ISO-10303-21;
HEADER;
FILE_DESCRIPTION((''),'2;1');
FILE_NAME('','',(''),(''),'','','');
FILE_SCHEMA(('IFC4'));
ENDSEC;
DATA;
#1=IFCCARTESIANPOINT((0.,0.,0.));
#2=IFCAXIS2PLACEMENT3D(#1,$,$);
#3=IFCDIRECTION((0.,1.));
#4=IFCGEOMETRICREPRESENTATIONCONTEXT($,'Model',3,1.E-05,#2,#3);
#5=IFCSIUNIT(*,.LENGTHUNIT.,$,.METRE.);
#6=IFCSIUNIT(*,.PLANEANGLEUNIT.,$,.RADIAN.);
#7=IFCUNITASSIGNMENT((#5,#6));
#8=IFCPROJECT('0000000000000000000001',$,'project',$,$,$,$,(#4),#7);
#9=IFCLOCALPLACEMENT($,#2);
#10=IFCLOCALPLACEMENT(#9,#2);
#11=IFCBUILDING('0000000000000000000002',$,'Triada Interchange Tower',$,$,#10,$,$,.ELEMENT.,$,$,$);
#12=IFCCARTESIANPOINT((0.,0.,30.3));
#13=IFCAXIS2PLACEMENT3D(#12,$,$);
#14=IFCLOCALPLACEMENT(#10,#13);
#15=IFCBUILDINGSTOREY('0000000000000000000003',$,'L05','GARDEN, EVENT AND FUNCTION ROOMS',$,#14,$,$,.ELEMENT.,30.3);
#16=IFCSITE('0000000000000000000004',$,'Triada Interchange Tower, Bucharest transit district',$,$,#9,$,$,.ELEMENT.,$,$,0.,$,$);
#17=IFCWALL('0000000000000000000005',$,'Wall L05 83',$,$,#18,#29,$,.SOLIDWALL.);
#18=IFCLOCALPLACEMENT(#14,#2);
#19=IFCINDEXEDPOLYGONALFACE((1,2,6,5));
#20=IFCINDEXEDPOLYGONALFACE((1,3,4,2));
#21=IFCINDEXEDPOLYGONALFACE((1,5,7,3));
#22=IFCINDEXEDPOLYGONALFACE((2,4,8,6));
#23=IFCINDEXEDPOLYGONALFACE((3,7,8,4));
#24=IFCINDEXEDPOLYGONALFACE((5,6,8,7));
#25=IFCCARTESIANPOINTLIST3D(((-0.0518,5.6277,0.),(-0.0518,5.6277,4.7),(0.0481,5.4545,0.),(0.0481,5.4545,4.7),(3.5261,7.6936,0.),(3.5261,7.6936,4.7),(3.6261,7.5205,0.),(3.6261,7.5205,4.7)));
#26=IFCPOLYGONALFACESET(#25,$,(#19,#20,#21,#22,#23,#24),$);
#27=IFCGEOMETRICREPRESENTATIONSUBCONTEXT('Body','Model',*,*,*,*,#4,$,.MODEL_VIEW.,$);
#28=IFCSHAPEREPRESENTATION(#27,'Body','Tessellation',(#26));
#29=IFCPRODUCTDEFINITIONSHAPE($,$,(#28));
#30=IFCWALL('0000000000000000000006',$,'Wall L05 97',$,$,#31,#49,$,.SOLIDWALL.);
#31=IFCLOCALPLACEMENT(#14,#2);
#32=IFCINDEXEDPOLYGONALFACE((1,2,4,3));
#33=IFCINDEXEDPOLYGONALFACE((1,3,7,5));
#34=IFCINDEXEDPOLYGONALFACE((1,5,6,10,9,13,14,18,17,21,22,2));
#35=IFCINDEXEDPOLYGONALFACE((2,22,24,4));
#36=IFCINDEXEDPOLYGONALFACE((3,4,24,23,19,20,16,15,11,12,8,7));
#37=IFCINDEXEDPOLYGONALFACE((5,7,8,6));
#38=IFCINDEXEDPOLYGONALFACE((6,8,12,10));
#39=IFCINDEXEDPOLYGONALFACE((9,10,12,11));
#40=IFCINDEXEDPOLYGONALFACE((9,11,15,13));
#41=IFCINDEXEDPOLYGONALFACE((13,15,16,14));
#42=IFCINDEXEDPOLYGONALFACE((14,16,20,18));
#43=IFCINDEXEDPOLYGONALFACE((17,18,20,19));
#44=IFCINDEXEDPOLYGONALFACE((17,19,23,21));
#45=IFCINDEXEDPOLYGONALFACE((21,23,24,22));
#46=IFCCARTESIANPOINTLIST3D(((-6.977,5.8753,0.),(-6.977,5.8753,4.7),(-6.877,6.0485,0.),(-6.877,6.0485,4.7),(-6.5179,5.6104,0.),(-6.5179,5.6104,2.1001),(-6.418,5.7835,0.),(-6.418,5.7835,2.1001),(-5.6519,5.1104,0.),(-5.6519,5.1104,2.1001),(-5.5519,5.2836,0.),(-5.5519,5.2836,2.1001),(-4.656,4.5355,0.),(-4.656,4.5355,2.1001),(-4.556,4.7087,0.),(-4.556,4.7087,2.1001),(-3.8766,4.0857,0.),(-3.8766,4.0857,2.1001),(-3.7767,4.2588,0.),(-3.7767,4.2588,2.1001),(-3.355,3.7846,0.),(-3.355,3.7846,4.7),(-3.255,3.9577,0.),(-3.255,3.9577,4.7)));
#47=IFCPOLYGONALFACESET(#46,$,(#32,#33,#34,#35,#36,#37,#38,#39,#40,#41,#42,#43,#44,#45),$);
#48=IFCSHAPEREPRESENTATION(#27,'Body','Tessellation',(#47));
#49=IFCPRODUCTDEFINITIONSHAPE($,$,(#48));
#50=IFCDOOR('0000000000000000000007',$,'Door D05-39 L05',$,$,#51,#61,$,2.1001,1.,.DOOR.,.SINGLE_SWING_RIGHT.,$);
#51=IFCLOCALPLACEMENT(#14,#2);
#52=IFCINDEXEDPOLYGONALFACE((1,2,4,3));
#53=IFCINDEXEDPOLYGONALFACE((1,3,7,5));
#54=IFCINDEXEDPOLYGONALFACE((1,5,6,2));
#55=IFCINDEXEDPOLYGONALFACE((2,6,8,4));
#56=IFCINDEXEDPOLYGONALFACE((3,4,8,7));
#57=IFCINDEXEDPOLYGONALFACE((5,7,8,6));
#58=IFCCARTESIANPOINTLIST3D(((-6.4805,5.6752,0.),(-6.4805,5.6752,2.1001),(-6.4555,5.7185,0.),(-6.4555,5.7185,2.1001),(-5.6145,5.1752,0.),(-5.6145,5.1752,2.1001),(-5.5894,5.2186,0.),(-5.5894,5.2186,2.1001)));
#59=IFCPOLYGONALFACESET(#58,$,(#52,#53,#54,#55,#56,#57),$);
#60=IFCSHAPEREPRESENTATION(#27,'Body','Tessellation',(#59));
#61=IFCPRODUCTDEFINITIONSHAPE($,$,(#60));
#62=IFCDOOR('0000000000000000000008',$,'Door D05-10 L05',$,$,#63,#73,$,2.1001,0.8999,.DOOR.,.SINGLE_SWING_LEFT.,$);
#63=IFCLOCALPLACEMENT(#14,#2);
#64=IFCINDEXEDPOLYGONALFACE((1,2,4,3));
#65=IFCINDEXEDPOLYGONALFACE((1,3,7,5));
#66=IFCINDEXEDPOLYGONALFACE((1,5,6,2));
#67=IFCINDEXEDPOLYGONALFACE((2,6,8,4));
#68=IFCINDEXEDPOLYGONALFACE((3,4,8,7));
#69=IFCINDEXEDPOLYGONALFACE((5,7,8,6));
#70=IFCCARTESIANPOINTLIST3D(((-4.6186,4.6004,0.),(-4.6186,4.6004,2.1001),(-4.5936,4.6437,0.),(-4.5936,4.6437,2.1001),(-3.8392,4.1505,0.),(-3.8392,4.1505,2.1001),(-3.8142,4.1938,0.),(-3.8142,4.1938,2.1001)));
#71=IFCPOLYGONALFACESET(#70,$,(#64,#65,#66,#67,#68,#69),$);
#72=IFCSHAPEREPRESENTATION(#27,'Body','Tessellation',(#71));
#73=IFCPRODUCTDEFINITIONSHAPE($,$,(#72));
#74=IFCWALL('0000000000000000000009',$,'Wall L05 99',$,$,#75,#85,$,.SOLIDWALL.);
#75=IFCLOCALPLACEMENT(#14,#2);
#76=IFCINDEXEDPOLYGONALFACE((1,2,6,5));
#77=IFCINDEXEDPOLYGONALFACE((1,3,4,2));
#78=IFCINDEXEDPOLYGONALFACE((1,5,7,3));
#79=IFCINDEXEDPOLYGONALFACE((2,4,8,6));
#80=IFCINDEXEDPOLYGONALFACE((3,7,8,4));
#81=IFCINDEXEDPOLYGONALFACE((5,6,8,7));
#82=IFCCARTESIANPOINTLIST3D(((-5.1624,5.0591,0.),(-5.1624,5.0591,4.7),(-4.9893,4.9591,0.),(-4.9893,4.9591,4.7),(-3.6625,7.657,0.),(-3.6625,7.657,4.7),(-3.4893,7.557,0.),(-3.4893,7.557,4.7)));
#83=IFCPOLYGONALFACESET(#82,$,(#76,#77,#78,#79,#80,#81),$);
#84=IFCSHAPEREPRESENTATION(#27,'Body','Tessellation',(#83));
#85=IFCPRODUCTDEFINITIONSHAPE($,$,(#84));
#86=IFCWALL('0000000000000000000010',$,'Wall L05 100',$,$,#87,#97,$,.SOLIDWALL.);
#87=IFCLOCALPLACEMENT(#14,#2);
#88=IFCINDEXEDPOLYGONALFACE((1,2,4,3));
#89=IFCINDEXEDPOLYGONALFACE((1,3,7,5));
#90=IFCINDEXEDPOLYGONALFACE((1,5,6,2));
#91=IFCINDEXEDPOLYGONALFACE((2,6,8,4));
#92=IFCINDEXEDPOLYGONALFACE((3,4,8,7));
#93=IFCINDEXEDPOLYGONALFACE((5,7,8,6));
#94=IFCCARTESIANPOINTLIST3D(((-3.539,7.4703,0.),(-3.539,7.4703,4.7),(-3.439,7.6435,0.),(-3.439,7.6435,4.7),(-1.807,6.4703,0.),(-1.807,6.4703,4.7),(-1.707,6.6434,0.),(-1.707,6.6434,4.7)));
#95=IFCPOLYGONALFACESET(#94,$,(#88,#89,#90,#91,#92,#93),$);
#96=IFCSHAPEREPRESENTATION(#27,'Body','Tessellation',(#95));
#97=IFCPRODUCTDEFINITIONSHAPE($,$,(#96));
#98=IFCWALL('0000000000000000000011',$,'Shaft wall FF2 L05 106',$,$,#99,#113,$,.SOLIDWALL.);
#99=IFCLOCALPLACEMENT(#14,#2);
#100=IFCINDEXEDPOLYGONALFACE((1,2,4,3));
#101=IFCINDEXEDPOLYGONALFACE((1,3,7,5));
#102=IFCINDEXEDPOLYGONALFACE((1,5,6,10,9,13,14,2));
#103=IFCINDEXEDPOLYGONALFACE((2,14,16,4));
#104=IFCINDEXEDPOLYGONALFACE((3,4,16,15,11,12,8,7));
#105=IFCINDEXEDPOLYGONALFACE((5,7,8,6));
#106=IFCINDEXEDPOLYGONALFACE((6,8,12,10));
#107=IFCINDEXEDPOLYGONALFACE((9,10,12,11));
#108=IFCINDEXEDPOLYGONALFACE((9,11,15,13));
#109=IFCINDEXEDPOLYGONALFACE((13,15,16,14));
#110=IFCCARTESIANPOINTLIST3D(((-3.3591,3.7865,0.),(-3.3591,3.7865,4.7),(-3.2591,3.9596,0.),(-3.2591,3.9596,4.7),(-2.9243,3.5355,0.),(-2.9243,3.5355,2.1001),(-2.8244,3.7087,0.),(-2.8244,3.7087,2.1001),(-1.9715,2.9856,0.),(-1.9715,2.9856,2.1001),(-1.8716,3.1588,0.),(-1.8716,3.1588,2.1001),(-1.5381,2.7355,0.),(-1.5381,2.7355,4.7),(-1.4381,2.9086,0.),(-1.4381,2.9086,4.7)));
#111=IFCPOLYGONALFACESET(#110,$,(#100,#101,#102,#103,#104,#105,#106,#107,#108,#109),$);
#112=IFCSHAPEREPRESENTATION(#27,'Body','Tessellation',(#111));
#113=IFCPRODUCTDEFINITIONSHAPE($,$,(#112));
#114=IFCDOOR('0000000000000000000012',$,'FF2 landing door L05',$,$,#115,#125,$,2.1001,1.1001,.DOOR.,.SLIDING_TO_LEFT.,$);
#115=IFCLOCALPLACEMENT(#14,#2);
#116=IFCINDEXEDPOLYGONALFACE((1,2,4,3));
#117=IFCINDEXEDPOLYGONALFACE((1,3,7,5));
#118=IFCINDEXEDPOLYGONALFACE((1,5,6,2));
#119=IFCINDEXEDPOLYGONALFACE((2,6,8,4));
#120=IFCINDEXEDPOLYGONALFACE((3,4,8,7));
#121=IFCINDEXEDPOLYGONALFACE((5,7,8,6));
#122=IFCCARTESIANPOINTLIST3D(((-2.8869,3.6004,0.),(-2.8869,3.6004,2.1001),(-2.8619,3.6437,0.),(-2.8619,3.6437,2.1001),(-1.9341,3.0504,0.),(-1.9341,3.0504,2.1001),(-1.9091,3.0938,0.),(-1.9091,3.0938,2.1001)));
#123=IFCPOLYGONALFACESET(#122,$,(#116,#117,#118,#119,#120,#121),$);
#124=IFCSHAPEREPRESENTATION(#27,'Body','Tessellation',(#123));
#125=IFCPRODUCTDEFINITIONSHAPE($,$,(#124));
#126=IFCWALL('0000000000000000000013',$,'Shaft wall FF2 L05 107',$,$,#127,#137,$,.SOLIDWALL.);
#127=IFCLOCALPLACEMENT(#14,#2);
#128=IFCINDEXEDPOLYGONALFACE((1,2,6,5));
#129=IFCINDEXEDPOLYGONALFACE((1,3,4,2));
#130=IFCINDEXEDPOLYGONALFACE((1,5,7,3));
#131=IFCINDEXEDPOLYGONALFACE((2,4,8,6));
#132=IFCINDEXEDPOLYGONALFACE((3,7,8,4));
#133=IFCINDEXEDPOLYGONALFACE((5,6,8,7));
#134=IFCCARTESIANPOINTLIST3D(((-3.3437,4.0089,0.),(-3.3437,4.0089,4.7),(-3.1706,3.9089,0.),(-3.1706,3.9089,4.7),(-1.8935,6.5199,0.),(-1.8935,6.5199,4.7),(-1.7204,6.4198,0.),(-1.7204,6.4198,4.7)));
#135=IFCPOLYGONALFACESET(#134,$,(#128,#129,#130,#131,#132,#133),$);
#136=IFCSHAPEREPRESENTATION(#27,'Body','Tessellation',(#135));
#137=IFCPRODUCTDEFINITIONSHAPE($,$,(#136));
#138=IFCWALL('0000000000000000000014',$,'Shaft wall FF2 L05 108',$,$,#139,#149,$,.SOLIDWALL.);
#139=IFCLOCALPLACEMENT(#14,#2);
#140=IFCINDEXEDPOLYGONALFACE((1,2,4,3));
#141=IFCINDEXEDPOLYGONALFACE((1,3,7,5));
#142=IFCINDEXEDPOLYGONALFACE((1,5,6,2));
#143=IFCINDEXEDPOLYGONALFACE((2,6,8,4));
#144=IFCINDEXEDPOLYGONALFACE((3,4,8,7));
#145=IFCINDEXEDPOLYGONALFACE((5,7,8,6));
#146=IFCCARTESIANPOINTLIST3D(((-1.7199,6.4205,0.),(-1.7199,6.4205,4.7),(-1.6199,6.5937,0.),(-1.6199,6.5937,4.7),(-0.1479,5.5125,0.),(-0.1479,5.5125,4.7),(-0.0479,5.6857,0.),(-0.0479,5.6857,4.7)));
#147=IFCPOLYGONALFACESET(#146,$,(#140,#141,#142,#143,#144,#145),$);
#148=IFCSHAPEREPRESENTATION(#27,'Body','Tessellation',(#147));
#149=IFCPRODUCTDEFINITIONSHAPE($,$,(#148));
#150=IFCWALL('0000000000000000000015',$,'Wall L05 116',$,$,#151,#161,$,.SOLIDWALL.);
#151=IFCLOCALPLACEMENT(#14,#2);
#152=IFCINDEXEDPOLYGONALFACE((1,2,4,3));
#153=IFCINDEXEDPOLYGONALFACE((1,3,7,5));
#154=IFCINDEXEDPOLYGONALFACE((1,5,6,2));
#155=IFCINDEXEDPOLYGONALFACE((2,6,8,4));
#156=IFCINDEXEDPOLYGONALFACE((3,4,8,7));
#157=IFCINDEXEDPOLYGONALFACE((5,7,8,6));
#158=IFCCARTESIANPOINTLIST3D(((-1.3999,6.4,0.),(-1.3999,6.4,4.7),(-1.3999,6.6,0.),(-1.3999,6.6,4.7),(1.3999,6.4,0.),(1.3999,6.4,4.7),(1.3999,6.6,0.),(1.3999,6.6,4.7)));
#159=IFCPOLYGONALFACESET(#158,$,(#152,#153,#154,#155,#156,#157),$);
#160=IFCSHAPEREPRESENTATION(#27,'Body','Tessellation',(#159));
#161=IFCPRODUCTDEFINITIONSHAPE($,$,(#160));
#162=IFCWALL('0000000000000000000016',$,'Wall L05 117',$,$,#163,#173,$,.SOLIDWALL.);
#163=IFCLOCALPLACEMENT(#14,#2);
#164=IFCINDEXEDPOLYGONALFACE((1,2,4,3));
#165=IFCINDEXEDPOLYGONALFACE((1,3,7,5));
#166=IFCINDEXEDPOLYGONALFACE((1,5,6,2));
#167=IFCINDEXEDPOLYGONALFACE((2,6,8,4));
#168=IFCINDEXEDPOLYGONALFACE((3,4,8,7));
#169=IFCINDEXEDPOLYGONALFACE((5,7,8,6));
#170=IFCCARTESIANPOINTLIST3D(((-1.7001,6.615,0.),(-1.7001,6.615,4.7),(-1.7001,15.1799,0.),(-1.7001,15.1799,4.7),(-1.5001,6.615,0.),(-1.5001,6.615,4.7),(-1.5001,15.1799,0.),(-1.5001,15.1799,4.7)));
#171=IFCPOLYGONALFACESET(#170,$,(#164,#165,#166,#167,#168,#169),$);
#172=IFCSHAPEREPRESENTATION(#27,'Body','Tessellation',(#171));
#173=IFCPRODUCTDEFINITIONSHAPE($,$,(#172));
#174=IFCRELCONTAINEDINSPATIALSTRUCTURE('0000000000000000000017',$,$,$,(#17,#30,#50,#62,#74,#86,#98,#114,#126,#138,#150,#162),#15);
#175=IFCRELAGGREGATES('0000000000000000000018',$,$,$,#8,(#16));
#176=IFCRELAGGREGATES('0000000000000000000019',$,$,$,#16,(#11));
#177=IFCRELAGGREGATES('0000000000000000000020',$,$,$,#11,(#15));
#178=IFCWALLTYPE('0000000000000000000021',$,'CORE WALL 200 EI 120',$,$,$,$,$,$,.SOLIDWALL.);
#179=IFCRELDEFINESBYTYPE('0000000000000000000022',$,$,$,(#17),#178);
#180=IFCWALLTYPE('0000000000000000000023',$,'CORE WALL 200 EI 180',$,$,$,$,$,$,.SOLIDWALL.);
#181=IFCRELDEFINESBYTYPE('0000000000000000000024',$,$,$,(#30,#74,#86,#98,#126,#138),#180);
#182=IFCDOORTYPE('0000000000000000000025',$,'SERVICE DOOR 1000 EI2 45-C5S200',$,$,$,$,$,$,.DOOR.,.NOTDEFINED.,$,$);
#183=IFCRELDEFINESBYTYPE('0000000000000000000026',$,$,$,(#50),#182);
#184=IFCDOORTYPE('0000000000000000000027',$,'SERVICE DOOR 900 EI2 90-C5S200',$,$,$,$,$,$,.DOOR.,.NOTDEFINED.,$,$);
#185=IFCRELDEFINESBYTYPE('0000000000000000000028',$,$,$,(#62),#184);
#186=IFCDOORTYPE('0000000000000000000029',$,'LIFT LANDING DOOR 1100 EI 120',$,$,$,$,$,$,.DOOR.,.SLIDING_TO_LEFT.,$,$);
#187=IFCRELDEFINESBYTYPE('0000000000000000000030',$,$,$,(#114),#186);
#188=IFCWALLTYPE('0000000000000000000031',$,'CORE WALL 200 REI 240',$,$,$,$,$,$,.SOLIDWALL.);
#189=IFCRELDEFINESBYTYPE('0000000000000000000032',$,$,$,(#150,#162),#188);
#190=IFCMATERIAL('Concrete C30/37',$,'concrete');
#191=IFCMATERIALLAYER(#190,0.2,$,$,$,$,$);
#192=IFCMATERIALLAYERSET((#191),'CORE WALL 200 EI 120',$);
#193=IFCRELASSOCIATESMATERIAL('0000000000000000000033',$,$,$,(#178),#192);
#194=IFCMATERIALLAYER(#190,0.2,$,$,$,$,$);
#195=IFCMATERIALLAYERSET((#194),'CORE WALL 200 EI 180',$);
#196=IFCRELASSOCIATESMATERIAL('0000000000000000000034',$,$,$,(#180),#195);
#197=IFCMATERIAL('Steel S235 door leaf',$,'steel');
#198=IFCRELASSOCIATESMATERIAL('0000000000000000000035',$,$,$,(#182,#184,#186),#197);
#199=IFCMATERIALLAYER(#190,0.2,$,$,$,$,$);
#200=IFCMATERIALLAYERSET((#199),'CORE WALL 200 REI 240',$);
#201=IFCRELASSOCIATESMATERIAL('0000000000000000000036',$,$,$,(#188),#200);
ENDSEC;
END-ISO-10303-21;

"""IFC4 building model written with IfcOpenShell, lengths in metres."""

from ifc_helpers import new_model, si_unit, direction, frame, frame_2d, origin, place, context, subcontext, project, spatial, rectangle, extrude, material, layer, layer_set, type_object, element, fill, save


model = new_model("IFC4")

# Units and contexts
model_context = context("Model", 3, precision=1e-05, world=origin(), true_north=direction((0.0, 1.0)))
body_context = subcontext(model_context, "Body", "Model", "MODEL_VIEW")
ifc_project = project(units=[si_unit("LENGTHUNIT", "METRE"), si_unit("PLANEANGLEUNIT", "RADIAN")], contexts=[model_context])

# Site, building, storey
site_placement = place(None, origin())
site = spatial("IfcSite", under=ifc_project, at=site_placement, Name="Triada Interchange Tower, Bucharest transit district", CompositionType="ELEMENT", RefElevation=0.0)
building_placement = place(site_placement, origin())
building = spatial("IfcBuilding", under=site, at=building_placement, Name="Triada Interchange Tower", CompositionType="ELEMENT")
storey_placement = place(building_placement, frame((0.0, 0.0, 30.3)))
storey = spatial("IfcBuildingStorey", under=building, at=storey_placement, Name="L05", Description="GARDEN, EVENT AND FUNCTION ROOMS", CompositionType="ELEMENT", Elevation=30.3)

# Wall
ifc_material_1 = material(Name="Concrete C30/37", Category="concrete")
ifc_layer_1 = layer(ifc_material_1, 0.2)
ifc_layer_set_1 = layer_set([ifc_layer_1], Name="CORE WALL 200 EI 120")
wall_type_1 = type_object("IfcWallType", Name="CORE WALL 200 EI 120", PredefinedType="SOLIDWALL", material=ifc_layer_set_1)
wall_1_placement = place(storey_placement, frame((-0.002, 5.541, 0.0), z_axis=(0.0, 0.0, 1.0), x_axis=(0.866002, 0.500041, 0.0)))
element("IfcWall", 1, at=wall_1_placement, inside=storey, type_object=wall_type_1, Name="Wall L05 83", PredefinedType="SOLIDWALL", context=body_context, shape_type="SweptSolid", body=[
    extrude(rectangle(XDim=4.1316, YDim=0.2, at=frame_2d((2.0659, 0.0))), origin(), (0.0, 0.0, 1.0), 4.7),
])

# Wall, openings, doors
ifc_layer_2 = layer(ifc_material_1, 0.2)
ifc_layer_set_2 = layer_set([ifc_layer_2], Name="CORE WALL 200 EI 180")
wall_type_2 = type_object("IfcWallType", Name="CORE WALL 200 EI 180", PredefinedType="SOLIDWALL", material=ifc_layer_set_2)
wall_2_placement = place(storey_placement, frame((-6.927, 5.9619, 0.0), z_axis=(0.0, 0.0, 1.0), x_axis=(0.866065, -0.499931, 0.0)))
wall_2 = element("IfcWall", 2, at=wall_2_placement, inside=storey, type_object=wall_type_2, Name="Wall L05 97", PredefinedType="SOLIDWALL", context=body_context, shape_type="SweptSolid", body=[
    extrude(rectangle(XDim=4.1821, YDim=0.2, at=frame_2d((2.0911, 0.0))), origin(), (0.0, 0.0, 1.0), 4.7),
])
opening_1_placement = place(wall_2_placement, frame((2.6799, 0.0, 0.0)))
opening_1 = element("IfcOpeningElement", 3, at=opening_1_placement, cuts=wall_2, PredefinedType="OPENING", context=body_context, shape_type="SweptSolid", body=[
    extrude(rectangle(XDim=0.8999, YDim=2.1001, at=frame_2d((0.45, 1.05))), frame((0.0, 0.1099, 0.0), z_axis=(0.0, -1.0, 0.0), x_axis=(1.0, 0.0, 0.0)), (0.0, 0.0, 1.0), 0.22),
])
opening_2_placement = place(wall_2_placement, frame((0.53, 0.0, 0.0)))
opening_2 = element("IfcOpeningElement", 4, at=opening_2_placement, cuts=wall_2, PredefinedType="OPENING", context=body_context, shape_type="SweptSolid", body=[
    extrude(rectangle(XDim=1.0, YDim=2.1001, at=frame_2d((0.5, 1.05))), frame((0.0, 0.1099, 0.0), z_axis=(0.0, -1.0, 0.0), x_axis=(1.0, 0.0, 0.0)), (0.0, 0.0, 1.0), 0.22),
])
ifc_material_2 = material(Name="Steel S235 door leaf", Category="steel")
door_type_1 = type_object("IfcDoorType", Name="SERVICE DOOR 1000 EI2 45-C5S200", OperationType="NOTDEFINED", PredefinedType="DOOR", material=ifc_material_2)
door_1_placement = place(opening_2_placement, origin())
door_1 = element("IfcDoor", 5, at=door_1_placement, inside=storey, type_object=door_type_1, Name="Door D05-39 L05", OperationType="SINGLE_SWING_RIGHT", OverallHeight=2.1001, OverallWidth=1.0, PredefinedType="DOOR", context=body_context, shape_type="SweptSolid", body=[
    extrude(rectangle(XDim=1.0, YDim=2.1001, at=frame_2d((0.5, 1.05))), frame((0.0, 0.0249, 0.0), z_axis=(0.0, -1.0, 0.0), x_axis=(1.0, 0.0, 0.0)), (0.0, 0.0, 1.0), 0.05),
])
fill(opening_2, door_1)
door_type_2 = type_object("IfcDoorType", Name="SERVICE DOOR 900 EI2 90-C5S200", OperationType="NOTDEFINED", PredefinedType="DOOR", material=ifc_material_2)
door_2_placement = place(opening_1_placement, origin())
door_2 = element("IfcDoor", 6, at=door_2_placement, inside=storey, type_object=door_type_2, Name="Door D05-10 L05", OperationType="SINGLE_SWING_LEFT", OverallHeight=2.1001, OverallWidth=0.8999, PredefinedType="DOOR", context=body_context, shape_type="SweptSolid", body=[
    extrude(rectangle(XDim=0.8999, YDim=2.1001, at=frame_2d((0.45, 1.05))), frame((0.0, 0.0249, 0.0), z_axis=(0.0, -1.0, 0.0), x_axis=(1.0, 0.0, 0.0)), (0.0, 0.0, 1.0), 0.05),
])
fill(opening_1, door_2)

# Walls
wall_3_placement = place(storey_placement, frame((-5.0759, 5.009, 0.0), z_axis=(0.0, 0.0, 1.0), x_axis=(0.500025, 0.866011, 0.0)))
element("IfcWall", 7, at=wall_3_placement, inside=storey, type_object=wall_type_2, Name="Wall L05 99", PredefinedType="SOLIDWALL", context=body_context, shape_type="SweptSolid", body=[
    extrude(rectangle(XDim=2.9998, YDim=0.2, at=frame_2d((1.5, 0.0))), origin(), (0.0, 0.0, 1.0), 4.7),
])
wall_4_placement = place(storey_placement, frame((-3.489, 7.5569, 0.0), z_axis=(0.0, 0.0, 1.0), x_axis=(0.866011, -0.500025, 0.0)))
element("IfcWall", 8, at=wall_4_placement, inside=storey, type_object=wall_type_2, Name="Wall L05 100", PredefinedType="SOLIDWALL", context=body_context, shape_type="SweptSolid", body=[
    extrude(rectangle(XDim=2.0, YDim=0.2, at=frame_2d((1.0, 0.0))), origin(), (0.0, 0.0, 1.0), 4.7),
])

# Wall, opening, door
wall_5_placement = place(storey_placement, frame((-3.3091, 3.873, 0.0), z_axis=(0.0, 0.0, 1.0), x_axis=(0.866099, -0.499873, 0.0)))
wall_5 = element("IfcWall", 9, at=wall_5_placement, inside=storey, type_object=wall_type_2, Name="Shaft wall FF2 L05 106", PredefinedType="SOLIDWALL", context=body_context, shape_type="SweptSolid", body=[
    extrude(rectangle(XDim=2.1025, YDim=0.2, at=frame_2d((1.0513, 0.0))), origin(), (0.0, 0.0, 1.0), 4.7),
])
opening_3_placement = place(wall_5_placement, frame((0.502, 0.0, 0.0)))
opening_3 = element("IfcOpeningElement", 10, at=opening_3_placement, cuts=wall_5, PredefinedType="OPENING", context=body_context, shape_type="SweptSolid", body=[
    extrude(rectangle(XDim=1.1001, YDim=2.1001, at=frame_2d((0.55, 1.05))), frame((0.0, 0.1099, 0.0), z_axis=(0.0, -1.0, 0.0), x_axis=(1.0, 0.0, 0.0)), (0.0, 0.0, 1.0), 0.22),
])
door_type_3 = type_object("IfcDoorType", Name="LIFT LANDING DOOR 1100 EI 120", OperationType="SLIDING_TO_LEFT", PredefinedType="DOOR", material=ifc_material_2)
door_3_placement = place(opening_3_placement, origin())
door_3 = element("IfcDoor", 11, at=door_3_placement, inside=storey, type_object=door_type_3, Name="FF2 landing door L05", OperationType="SLIDING_TO_LEFT", OverallHeight=2.1001, OverallWidth=1.1001, PredefinedType="DOOR", context=body_context, shape_type="SweptSolid", body=[
    extrude(rectangle(XDim=1.1001, YDim=2.1001, at=frame_2d((0.55, 1.05))), frame((0.0, 0.0249, 0.0), z_axis=(0.0, -1.0, 0.0), x_axis=(1.0, 0.0, 0.0)), (0.0, 0.0, 1.0), 0.05),
])
fill(opening_3, door_3)

# Walls
wall_6_placement = place(storey_placement, frame((-3.2571, 3.959, 0.0), z_axis=(0.0, 0.0, 1.0), x_axis=(0.500123, 0.865954, 0.0)))
element("IfcWall", 12, at=wall_6_placement, inside=storey, type_object=wall_type_2, Name="Shaft wall FF2 L05 107", PredefinedType="SOLIDWALL", context=body_context, shape_type="SweptSolid", body=[
    extrude(rectangle(XDim=2.8997, YDim=0.2, at=frame_2d((1.4497, 0.0))), origin(), (0.0, 0.0, 1.0), 4.7),
])
wall_7_placement = place(storey_placement, frame((-1.6699, 6.5071, 0.0), z_axis=(0.0, 0.0, 1.0), x_axis=(0.865941, -0.500145, 0.0)))
element("IfcWall", 13, at=wall_7_placement, inside=storey, type_object=wall_type_2, Name="Shaft wall FF2 L05 108", PredefinedType="SOLIDWALL", context=body_context, shape_type="SweptSolid", body=[
    extrude(rectangle(XDim=1.8154, YDim=0.2, at=frame_2d((0.9077, 0.0))), origin(), (0.0, 0.0, 1.0), 4.7),
])
ifc_layer_3 = layer(ifc_material_1, 0.2)
ifc_layer_set_3 = layer_set([ifc_layer_3], Name="CORE WALL 200 REI 240")
wall_type_3 = type_object("IfcWallType", Name="CORE WALL 200 REI 240", PredefinedType="SOLIDWALL", material=ifc_layer_set_3)
wall_8_placement = place(storey_placement, frame((-1.3999, 6.5, 0.0), z_axis=(0.0, 0.0, 1.0), x_axis=(1.0, 0.0, 0.0)))
element("IfcWall", 14, at=wall_8_placement, inside=storey, type_object=wall_type_3, Name="Wall L05 116", PredefinedType="SOLIDWALL", context=body_context, shape_type="SweptSolid", body=[
    extrude(rectangle(XDim=2.7998, YDim=0.2, at=frame_2d((1.3999, 0.0))), origin(), (0.0, 0.0, 1.0), 4.7),
])
wall_9_placement = place(storey_placement, frame((-1.6001, 6.615, 0.0), z_axis=(0.0, 0.0, 1.0), x_axis=(0.0, 1.0, 0.0)))
element("IfcWall", 15, at=wall_9_placement, inside=storey, type_object=wall_type_3, Name="Wall L05 117", PredefinedType="SOLIDWALL", context=body_context, shape_type="SweptSolid", body=[
    extrude(rectangle(XDim=8.5649, YDim=0.2, at=frame_2d((4.2825, 0.0))), origin(), (0.0, 0.0, 1.0), 4.7),
])

save(model, "model.ifc")
